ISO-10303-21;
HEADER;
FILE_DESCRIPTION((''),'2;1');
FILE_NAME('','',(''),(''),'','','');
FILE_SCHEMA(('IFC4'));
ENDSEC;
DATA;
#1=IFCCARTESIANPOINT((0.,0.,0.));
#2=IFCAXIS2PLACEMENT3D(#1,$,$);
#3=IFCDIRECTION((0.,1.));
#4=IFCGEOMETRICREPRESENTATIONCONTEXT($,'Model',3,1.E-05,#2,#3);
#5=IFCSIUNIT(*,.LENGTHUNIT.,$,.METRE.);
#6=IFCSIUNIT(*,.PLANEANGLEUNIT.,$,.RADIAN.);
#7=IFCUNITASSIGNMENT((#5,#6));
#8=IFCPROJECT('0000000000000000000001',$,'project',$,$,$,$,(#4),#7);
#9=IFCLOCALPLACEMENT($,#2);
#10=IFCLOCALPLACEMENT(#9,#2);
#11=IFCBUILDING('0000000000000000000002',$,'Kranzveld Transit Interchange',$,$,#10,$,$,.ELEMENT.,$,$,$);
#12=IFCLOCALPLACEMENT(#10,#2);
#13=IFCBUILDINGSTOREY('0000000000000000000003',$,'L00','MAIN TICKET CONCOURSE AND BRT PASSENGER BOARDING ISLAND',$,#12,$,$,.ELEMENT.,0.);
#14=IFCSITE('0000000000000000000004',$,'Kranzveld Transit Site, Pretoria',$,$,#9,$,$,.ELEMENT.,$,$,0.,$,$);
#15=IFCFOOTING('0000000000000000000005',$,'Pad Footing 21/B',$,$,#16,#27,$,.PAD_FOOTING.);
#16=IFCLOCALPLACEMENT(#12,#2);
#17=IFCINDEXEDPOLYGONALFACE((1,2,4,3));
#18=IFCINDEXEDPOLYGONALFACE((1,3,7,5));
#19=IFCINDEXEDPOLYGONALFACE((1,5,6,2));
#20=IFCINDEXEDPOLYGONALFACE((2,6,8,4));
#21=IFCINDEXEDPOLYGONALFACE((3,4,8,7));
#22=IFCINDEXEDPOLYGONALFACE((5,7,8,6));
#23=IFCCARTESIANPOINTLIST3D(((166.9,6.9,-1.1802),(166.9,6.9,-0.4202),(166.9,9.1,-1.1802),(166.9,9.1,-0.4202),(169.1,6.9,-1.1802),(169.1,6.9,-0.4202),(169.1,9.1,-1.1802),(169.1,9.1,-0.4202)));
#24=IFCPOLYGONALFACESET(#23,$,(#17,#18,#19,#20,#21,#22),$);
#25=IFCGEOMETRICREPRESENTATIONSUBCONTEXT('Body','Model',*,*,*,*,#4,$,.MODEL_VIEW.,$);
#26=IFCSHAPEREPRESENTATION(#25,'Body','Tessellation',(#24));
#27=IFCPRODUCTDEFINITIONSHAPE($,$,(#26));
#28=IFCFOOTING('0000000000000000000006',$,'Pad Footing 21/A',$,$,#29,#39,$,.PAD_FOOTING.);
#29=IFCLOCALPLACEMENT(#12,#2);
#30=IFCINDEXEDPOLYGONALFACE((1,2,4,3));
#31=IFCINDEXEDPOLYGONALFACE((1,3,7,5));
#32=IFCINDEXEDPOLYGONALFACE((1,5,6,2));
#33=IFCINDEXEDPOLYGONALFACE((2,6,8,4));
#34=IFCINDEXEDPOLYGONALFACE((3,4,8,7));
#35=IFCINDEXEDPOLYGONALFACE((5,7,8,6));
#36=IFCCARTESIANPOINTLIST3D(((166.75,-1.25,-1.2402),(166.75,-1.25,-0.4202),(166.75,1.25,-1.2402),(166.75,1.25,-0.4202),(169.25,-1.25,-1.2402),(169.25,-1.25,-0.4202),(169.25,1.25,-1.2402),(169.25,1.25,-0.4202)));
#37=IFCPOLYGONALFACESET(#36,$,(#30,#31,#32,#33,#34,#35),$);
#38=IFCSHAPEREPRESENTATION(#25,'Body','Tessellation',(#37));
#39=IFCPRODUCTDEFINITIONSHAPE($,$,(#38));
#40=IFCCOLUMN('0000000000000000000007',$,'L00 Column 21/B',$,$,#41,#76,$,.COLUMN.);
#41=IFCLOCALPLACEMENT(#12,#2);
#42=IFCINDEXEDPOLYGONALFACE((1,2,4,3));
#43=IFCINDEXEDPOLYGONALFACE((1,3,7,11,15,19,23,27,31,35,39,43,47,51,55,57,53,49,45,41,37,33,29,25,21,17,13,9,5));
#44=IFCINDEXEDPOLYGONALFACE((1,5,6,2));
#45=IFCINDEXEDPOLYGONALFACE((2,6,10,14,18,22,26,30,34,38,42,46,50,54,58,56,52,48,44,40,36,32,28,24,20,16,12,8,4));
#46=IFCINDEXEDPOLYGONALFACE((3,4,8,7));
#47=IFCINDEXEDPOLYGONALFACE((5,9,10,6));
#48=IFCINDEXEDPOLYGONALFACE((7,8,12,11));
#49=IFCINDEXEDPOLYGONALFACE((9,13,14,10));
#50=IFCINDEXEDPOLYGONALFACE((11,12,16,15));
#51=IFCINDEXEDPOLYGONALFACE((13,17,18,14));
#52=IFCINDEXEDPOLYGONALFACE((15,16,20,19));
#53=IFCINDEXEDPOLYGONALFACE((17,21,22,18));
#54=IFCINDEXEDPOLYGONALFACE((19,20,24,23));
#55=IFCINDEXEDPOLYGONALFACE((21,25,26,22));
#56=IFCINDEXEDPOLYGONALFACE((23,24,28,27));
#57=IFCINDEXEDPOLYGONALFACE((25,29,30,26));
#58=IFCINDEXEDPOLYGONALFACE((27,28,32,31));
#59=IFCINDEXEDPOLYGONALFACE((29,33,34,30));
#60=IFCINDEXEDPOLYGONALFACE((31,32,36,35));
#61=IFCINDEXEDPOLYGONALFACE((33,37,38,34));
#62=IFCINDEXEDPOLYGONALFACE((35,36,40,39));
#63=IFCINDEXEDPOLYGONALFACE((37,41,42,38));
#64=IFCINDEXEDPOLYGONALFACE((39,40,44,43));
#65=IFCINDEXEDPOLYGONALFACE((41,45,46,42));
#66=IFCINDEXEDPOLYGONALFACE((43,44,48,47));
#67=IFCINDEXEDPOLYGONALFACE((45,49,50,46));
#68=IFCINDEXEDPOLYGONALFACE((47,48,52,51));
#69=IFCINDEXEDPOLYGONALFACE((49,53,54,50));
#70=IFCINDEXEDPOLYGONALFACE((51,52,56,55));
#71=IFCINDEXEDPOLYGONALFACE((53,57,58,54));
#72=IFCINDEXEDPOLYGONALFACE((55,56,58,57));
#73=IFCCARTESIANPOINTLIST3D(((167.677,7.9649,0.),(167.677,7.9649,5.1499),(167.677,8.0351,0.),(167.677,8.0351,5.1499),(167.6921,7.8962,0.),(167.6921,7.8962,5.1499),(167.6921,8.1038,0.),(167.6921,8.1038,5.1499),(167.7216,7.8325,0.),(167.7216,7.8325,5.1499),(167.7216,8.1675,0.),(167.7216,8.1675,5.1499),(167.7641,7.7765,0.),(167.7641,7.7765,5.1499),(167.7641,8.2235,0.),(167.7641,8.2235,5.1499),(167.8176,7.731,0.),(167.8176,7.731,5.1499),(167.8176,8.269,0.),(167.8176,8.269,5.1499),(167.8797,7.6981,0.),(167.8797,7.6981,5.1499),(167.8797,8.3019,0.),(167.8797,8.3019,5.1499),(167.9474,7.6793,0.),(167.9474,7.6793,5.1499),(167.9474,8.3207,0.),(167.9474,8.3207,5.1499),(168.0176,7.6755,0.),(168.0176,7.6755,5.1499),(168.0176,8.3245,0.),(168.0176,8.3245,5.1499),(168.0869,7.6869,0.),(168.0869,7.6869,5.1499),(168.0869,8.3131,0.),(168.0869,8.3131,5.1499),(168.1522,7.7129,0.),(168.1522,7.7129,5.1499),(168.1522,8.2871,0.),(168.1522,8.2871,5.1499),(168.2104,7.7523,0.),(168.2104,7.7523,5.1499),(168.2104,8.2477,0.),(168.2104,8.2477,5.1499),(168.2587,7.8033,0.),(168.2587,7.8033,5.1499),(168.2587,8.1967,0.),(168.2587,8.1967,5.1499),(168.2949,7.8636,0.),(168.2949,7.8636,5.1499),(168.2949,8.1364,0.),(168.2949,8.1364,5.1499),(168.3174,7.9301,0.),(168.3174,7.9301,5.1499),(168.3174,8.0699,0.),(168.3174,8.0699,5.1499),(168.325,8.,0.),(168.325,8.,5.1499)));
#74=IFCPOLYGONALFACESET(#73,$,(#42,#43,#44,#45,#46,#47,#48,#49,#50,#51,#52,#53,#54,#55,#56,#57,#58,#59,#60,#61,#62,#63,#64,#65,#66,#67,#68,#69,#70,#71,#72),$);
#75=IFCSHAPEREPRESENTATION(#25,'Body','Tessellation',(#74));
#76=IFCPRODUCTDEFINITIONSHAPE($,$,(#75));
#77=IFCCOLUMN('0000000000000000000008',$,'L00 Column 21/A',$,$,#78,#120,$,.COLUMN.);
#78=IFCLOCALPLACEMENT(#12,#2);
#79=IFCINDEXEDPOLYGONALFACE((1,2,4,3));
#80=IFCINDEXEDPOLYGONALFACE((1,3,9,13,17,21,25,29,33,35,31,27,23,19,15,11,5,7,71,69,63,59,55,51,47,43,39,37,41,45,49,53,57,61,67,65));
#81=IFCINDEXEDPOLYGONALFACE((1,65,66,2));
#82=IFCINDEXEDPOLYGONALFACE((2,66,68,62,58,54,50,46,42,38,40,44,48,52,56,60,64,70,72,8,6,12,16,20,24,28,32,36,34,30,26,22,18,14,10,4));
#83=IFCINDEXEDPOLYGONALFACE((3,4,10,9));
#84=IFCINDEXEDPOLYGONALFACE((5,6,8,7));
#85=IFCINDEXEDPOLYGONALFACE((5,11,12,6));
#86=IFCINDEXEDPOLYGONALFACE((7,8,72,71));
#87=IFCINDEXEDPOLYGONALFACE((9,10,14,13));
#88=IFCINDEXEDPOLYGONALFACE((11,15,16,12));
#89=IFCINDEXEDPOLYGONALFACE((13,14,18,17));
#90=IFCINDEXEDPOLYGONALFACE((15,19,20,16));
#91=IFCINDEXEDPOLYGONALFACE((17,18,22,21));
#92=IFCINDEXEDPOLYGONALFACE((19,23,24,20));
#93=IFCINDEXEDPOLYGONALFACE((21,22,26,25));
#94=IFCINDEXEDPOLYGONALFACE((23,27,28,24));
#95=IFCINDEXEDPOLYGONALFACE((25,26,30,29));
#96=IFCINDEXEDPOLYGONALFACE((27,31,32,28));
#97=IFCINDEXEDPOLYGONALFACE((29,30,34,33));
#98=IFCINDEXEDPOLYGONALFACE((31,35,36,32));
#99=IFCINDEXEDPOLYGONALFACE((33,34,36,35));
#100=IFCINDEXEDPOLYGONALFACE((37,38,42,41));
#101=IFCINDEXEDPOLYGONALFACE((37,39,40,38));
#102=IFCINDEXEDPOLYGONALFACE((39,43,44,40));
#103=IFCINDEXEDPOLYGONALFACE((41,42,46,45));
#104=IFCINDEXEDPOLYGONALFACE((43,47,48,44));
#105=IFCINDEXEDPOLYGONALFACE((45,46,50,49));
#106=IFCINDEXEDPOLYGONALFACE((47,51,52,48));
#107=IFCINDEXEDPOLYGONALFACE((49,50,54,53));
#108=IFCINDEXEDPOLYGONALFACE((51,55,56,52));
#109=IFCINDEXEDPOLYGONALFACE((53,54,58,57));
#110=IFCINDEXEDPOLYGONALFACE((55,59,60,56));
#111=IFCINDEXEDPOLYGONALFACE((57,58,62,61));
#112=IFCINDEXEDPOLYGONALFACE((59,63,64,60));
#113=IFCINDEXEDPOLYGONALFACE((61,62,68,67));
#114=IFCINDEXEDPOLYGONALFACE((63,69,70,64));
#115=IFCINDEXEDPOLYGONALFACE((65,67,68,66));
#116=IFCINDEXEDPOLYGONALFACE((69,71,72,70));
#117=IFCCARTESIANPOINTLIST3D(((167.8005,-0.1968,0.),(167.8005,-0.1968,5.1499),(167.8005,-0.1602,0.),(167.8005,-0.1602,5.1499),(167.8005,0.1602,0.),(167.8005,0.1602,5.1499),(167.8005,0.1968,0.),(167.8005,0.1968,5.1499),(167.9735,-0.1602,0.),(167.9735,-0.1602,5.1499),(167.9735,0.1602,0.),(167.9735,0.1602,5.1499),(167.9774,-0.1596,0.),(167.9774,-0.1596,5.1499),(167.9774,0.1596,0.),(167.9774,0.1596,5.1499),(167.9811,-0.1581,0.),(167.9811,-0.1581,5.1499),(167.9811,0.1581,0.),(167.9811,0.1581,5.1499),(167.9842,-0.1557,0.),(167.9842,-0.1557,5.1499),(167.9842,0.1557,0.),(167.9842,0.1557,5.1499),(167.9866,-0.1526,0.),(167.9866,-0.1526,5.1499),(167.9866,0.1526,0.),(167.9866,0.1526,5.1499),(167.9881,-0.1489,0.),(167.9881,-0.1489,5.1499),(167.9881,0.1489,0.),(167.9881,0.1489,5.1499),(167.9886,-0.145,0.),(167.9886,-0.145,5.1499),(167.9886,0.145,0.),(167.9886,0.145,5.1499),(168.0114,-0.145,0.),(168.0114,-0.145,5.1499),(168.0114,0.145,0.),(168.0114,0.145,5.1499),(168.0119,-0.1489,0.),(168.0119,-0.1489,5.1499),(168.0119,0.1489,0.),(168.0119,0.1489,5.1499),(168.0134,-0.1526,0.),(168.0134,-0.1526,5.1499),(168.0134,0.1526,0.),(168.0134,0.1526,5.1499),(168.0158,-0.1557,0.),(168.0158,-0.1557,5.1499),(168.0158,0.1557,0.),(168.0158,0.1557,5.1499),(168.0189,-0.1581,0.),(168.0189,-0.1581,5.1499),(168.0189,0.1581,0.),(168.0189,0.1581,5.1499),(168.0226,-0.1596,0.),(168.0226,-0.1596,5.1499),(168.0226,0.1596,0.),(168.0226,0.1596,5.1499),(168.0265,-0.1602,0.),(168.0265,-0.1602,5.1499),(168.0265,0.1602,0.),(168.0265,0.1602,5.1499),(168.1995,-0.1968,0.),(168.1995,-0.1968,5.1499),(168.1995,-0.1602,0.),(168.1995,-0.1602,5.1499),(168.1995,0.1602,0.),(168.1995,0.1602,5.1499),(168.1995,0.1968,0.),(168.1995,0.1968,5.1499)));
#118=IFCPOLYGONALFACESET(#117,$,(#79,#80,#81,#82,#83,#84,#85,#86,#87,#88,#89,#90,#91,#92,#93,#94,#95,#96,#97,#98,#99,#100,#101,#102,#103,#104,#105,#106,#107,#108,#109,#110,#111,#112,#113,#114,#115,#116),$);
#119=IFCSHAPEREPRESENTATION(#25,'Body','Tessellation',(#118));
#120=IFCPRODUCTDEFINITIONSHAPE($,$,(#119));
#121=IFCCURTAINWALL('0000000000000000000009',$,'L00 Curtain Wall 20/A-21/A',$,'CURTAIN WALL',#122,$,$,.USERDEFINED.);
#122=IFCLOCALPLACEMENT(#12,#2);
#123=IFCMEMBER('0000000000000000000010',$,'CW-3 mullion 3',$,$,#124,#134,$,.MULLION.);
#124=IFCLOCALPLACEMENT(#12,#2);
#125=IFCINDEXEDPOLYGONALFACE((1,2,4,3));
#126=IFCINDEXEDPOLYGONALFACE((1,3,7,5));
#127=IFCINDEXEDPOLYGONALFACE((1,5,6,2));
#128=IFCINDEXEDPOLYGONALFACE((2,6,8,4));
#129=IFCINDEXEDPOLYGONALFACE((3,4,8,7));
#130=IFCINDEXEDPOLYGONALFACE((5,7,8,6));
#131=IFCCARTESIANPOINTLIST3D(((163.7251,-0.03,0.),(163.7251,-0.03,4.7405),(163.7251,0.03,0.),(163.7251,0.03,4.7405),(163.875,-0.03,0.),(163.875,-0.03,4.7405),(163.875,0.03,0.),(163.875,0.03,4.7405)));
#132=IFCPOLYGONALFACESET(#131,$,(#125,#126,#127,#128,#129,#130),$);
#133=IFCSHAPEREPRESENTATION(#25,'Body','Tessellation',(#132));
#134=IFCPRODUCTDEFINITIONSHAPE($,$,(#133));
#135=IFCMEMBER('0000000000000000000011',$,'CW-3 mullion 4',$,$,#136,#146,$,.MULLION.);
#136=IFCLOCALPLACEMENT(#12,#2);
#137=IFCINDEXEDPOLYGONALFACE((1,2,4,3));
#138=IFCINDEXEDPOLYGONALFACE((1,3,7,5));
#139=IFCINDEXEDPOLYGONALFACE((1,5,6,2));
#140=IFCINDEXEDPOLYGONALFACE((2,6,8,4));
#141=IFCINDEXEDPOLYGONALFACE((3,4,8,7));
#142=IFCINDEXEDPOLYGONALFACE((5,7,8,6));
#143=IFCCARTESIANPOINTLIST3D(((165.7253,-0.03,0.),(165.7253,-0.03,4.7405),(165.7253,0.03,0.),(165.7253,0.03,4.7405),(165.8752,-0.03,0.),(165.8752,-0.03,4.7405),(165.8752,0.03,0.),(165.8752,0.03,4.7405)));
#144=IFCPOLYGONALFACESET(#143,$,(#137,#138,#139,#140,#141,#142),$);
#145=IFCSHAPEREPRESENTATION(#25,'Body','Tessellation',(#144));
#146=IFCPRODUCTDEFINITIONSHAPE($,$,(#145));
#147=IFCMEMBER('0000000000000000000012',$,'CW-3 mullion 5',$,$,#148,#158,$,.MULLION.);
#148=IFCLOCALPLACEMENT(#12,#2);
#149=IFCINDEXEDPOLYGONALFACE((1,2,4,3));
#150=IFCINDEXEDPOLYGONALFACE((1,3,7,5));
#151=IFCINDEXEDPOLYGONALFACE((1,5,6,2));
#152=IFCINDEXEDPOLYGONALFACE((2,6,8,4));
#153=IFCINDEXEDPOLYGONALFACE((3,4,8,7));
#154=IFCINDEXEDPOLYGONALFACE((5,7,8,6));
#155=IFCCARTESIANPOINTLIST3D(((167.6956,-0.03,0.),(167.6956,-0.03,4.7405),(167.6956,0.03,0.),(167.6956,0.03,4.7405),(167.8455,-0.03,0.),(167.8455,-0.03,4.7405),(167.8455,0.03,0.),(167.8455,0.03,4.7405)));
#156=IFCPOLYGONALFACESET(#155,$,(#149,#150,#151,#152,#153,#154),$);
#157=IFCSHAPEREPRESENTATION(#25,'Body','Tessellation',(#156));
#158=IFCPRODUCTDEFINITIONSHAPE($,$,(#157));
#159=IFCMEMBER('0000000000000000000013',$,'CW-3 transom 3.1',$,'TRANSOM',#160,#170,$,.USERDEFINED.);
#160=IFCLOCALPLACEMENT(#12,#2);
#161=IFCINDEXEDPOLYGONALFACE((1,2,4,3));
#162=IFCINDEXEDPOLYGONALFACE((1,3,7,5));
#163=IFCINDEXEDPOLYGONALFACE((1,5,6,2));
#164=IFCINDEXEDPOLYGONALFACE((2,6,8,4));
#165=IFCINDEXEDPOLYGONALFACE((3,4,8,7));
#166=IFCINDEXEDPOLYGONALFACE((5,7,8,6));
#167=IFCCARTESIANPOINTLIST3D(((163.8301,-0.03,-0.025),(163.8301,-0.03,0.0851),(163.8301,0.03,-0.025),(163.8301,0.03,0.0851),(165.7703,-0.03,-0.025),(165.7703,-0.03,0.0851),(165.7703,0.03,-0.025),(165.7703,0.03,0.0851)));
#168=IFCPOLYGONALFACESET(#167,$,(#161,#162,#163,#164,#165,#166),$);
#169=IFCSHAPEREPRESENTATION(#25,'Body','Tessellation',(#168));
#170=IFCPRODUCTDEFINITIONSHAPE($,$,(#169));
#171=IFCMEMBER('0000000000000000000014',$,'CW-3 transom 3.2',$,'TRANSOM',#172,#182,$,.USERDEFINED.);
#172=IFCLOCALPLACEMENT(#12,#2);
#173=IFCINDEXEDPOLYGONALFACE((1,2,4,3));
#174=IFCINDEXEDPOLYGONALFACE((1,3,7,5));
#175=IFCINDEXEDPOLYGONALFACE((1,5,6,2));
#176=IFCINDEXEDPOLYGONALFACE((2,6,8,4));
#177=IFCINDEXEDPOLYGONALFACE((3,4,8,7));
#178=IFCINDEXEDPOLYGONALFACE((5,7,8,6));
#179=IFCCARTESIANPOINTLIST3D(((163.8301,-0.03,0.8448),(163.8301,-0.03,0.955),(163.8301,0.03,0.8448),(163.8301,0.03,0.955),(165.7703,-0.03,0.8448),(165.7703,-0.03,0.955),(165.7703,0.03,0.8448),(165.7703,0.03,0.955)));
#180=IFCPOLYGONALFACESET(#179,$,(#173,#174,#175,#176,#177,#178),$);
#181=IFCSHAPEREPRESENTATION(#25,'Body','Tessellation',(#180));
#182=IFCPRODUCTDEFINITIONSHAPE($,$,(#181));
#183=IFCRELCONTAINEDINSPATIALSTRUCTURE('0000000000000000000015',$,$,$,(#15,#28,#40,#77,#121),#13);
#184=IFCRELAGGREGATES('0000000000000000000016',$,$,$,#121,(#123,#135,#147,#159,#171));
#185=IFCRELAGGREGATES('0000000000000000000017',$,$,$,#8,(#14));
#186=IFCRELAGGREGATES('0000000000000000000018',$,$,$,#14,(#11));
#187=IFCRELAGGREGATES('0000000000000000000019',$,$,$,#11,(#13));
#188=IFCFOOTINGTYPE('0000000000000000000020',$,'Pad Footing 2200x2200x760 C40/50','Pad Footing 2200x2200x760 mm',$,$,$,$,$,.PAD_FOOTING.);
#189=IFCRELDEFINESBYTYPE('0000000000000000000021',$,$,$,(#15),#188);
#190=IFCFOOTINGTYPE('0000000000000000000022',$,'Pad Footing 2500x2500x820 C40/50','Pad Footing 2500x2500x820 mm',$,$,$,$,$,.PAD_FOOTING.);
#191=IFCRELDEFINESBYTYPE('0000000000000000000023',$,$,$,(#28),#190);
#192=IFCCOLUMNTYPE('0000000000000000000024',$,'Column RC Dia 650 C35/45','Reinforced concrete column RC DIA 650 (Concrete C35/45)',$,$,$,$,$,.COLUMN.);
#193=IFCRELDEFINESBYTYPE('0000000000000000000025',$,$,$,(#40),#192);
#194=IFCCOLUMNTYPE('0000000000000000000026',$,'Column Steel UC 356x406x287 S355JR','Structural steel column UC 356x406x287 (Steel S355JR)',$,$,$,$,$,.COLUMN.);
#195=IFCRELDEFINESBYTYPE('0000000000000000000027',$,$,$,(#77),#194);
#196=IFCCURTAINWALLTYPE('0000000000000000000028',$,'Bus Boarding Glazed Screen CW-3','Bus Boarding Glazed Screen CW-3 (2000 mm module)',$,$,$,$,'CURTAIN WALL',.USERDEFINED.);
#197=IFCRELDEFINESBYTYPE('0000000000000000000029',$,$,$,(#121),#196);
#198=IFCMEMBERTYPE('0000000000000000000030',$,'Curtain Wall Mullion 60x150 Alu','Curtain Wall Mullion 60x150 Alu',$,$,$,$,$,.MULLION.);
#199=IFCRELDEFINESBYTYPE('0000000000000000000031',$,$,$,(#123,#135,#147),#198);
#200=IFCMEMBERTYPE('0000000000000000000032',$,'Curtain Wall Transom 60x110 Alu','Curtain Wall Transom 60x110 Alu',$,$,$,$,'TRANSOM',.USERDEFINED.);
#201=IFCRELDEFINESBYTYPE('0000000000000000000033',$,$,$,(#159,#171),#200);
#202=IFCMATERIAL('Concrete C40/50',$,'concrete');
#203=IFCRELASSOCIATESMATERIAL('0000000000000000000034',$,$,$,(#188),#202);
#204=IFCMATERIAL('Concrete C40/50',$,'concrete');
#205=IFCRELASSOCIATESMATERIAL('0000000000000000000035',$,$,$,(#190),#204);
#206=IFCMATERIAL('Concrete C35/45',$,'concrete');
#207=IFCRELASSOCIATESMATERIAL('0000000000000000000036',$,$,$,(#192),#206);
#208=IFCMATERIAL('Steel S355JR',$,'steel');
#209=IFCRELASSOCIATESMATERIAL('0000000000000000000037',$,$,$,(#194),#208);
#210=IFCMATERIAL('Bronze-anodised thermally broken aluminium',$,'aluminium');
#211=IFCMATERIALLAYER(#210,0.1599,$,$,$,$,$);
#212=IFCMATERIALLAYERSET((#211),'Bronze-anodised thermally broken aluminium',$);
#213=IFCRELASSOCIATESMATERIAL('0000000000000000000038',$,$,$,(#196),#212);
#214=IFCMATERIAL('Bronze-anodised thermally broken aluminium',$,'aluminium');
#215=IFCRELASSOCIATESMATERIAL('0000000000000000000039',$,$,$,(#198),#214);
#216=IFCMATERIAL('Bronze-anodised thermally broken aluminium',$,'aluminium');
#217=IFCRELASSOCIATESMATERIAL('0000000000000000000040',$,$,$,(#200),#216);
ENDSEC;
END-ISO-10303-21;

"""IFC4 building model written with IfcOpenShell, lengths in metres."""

from ifc_helpers import new_model, si_unit, direction, frame, origin, origin_2d, place, context, subcontext, project, spatial, rectangle, circle, i_section, extrude, material, layer, layer_set, material_profile, profile_set, type_object, element, aggregate, save


model = new_model("IFC4")

# Units and contexts
model_context = context("Model", 3, precision=1e-05, world=origin(), true_north=direction((0.0, 1.0)))
body_context = subcontext(model_context, "Body", "Model", "MODEL_VIEW")
ifc_project = project(units=[si_unit("LENGTHUNIT", "METRE"), si_unit("PLANEANGLEUNIT", "RADIAN")], contexts=[model_context])

# Site, building, storey
site_placement = place(None, origin())
site = spatial("IfcSite", under=ifc_project, at=site_placement, Name="Kranzveld Transit Site, Pretoria", CompositionType="ELEMENT", RefElevation=0.0)
building_placement = place(site_placement, origin())
building = spatial("IfcBuilding", under=site, at=building_placement, Name="Kranzveld Transit Interchange", CompositionType="ELEMENT")
storey_placement = place(building_placement, origin())
storey = spatial("IfcBuildingStorey", under=building, at=storey_placement, Name="L00", Description="MAIN TICKET CONCOURSE AND BRT PASSENGER BOARDING ISLAND", CompositionType="ELEMENT", Elevation=0.0)

# Footings
ifc_material_1 = material(Name="Concrete C40/50", Category="concrete")
footing_type_1 = type_object("IfcFootingType", Name="Pad Footing 2200x2200x760 C40/50", Description="Pad Footing 2200x2200x760 mm", PredefinedType="PAD_FOOTING", material=ifc_material_1)
footing_1_placement = place(storey_placement, frame((168.0, 8.0, -1.1802), z_axis=(0.0, 0.0, 1.0), x_axis=(1.0, 0.0, 0.0)))
element("IfcFooting", 1, at=footing_1_placement, inside=storey, type_object=footing_type_1, Name="Pad Footing 21/B", PredefinedType="PAD_FOOTING", context=body_context, shape_type="SweptSolid", body=[
    extrude(rectangle(XDim=2.2, YDim=2.2, at=origin_2d()), origin(), (0.0, 0.0, 1.0), 0.76),
])
ifc_material_2 = material(Name="Concrete C40/50", Category="concrete")
footing_type_2 = type_object("IfcFootingType", Name="Pad Footing 2500x2500x820 C40/50", Description="Pad Footing 2500x2500x820 mm", PredefinedType="PAD_FOOTING", material=ifc_material_2)
footing_2_placement = place(storey_placement, frame((168.0, 0.0, -1.2402), z_axis=(0.0, 0.0, 1.0), x_axis=(1.0, 0.0, 0.0)))
element("IfcFooting", 2, at=footing_2_placement, inside=storey, type_object=footing_type_2, Name="Pad Footing 21/A", PredefinedType="PAD_FOOTING", context=body_context, shape_type="SweptSolid", body=[
    extrude(rectangle(XDim=2.5, YDim=2.5, at=origin_2d()), origin(), (0.0, 0.0, 1.0), 0.8201),
])

# Columns
ifc_material_3 = material(Name="Concrete C35/45", Category="concrete")
ifc_material_profile_1 = material_profile(ifc_material_3, circle(Radius=0.325, at=origin_2d()), Name="RC DIA 650")
ifc_profile_set_1 = profile_set([ifc_material_profile_1], Name="Concrete C35/45")
column_type_1 = type_object("IfcColumnType", Name="Column RC Dia 650 C35/45", Description="Reinforced concrete column RC DIA 650 (Concrete C35/45)", PredefinedType="COLUMN", material=ifc_profile_set_1)
column_1_placement = place(storey_placement, frame((168.0, 8.0, 0.0), z_axis=(0.0, 0.0, 1.0), x_axis=(1.0, 0.0, 0.0)))
element("IfcColumn", 3, at=column_1_placement, inside=storey, type_object=column_type_1, Name="L00 Column 21/B", PredefinedType="COLUMN", context=body_context, shape_type="SweptSolid", body=[
    extrude(circle(Radius=0.325, at=origin_2d()), origin(), (0.0, 0.0, 1.0), 5.1499),
])
ifc_material_4 = material(Name="Steel S355JR", Category="steel")
ifc_material_profile_2 = material_profile(ifc_material_4, i_section(OverallWidth=0.3989, OverallDepth=0.3936, WebThickness=0.0227, FlangeThickness=0.0366, FilletRadius=0.0151, at=origin_2d()), Name="UC 356x406x287")
ifc_profile_set_2 = profile_set([ifc_material_profile_2], Name="Steel S355JR")
column_type_2 = type_object("IfcColumnType", Name="Column Steel UC 356x406x287 S355JR", Description="Structural steel column UC 356x406x287 (Steel S355JR)", PredefinedType="COLUMN", material=ifc_profile_set_2)
column_2_placement = place(storey_placement, frame((168.0, 0.0, 0.0), z_axis=(0.0, 0.0, 1.0), x_axis=(1.0, 0.0, 0.0)))
element("IfcColumn", 4, at=column_2_placement, inside=storey, type_object=column_type_2, Name="L00 Column 21/A", PredefinedType="COLUMN", context=body_context, shape_type="SweptSolid", body=[
    extrude(i_section(OverallWidth=0.3989, OverallDepth=0.3936, WebThickness=0.0227, FlangeThickness=0.0366, FilletRadius=0.0151, at=origin_2d()), origin(), (0.0, 0.0, 1.0), 5.1499),
])

# Curtain wall, members
ifc_material_5 = material(Name="Bronze-anodised thermally broken aluminium", Category="aluminium")
ifc_layer_1 = layer(ifc_material_5, 0.1599)
ifc_layer_set_1 = layer_set([ifc_layer_1], Name="Bronze-anodised thermally broken aluminium")
curtain_wall_type = type_object("IfcCurtainWallType", Name="Bus Boarding Glazed Screen CW-3", Description="Bus Boarding Glazed Screen CW-3 (2000 mm module)", ElementType="CURTAIN WALL", PredefinedType="USERDEFINED", material=ifc_layer_set_1)
curtain_wall_placement = place(storey_placement, origin())
curtain_wall = element("IfcCurtainWall", 5, at=curtain_wall_placement, inside=storey, type_object=curtain_wall_type, Name="L00 Curtain Wall 20/A-21/A", ObjectType="CURTAIN WALL", PredefinedType="USERDEFINED")
ifc_material_6 = material(Name="Bronze-anodised thermally broken aluminium", Category="aluminium")
ifc_material_profile_3 = material_profile(ifc_material_6, rectangle(XDim=0.0601, YDim=0.1499, at=origin_2d()), Name="ALU MULLION 60x150")
ifc_profile_set_3 = profile_set([ifc_material_profile_3], Name="Bronze-anodised thermally broken aluminium")
member_type_1 = type_object("IfcMemberType", Name="Curtain Wall Mullion 60x150 Alu", Description="Curtain Wall Mullion 60x150 Alu", PredefinedType="MULLION", material=ifc_profile_set_3)
member_1_placement = place(storey_placement, frame((163.8, 0.0, 0.0), z_axis=(0.0, 0.0, 1.0), x_axis=(0.0, 1.0, 0.0)))
member_1 = element("IfcMember", 6, at=member_1_placement, type_object=member_type_1, Name="CW-3 mullion 3", PredefinedType="MULLION", context=body_context, shape_type="SweptSolid", body=[
    extrude(rectangle(XDim=0.0601, YDim=0.1499, at=origin_2d()), origin(), (0.0, 0.0, 1.0), 4.7405),
])
member_2_placement = place(storey_placement, frame((165.8003, 0.0, 0.0), z_axis=(0.0, 0.0, 1.0), x_axis=(0.0, 1.0, 0.0)))
member_2 = element("IfcMember", 7, at=member_2_placement, type_object=member_type_1, Name="CW-3 mullion 4", PredefinedType="MULLION", context=body_context, shape_type="SweptSolid", body=[
    extrude(rectangle(XDim=0.0601, YDim=0.1499, at=origin_2d()), origin(), (0.0, 0.0, 1.0), 4.7405),
])
member_3_placement = place(storey_placement, frame((167.7705, 0.0, 0.0), z_axis=(0.0, 0.0, 1.0), x_axis=(0.0, 1.0, 0.0)))
member_3 = element("IfcMember", 8, at=member_3_placement, type_object=member_type_1, Name="CW-3 mullion 5", PredefinedType="MULLION", context=body_context, shape_type="SweptSolid", body=[
    extrude(rectangle(XDim=0.0601, YDim=0.1499, at=origin_2d()), origin(), (0.0, 0.0, 1.0), 4.7405),
])
ifc_material_7 = material(Name="Bronze-anodised thermally broken aluminium", Category="aluminium")
ifc_material_profile_4 = material_profile(ifc_material_7, rectangle(XDim=0.0601, YDim=0.1101, at=origin_2d()), Name="ALU TRANSOM 60x110")
ifc_profile_set_4 = profile_set([ifc_material_profile_4], Name="Bronze-anodised thermally broken aluminium")
member_type_2 = type_object("IfcMemberType", Name="Curtain Wall Transom 60x110 Alu", Description="Curtain Wall Transom 60x110 Alu", ElementType="TRANSOM", PredefinedType="USERDEFINED", material=ifc_profile_set_4)
member_4_placement = place(storey_placement, frame((163.8301, 0.0, 0.03), z_axis=(1.0, 0.0, 0.0), x_axis=(0.0, 1.0, 0.0)))
member_4 = element("IfcMember", 9, at=member_4_placement, type_object=member_type_2, Name="CW-3 transom 3.1", ObjectType="TRANSOM", PredefinedType="USERDEFINED", context=body_context, shape_type="SweptSolid", body=[
    extrude(rectangle(XDim=0.0601, YDim=0.1101, at=origin_2d()), origin(), (0.0, 0.0, 1.0), 1.9402),
])
member_5_placement = place(storey_placement, frame((163.8301, 0.0, 0.8999), z_axis=(1.0, 0.0, 0.0), x_axis=(0.0, 1.0, 0.0)))
member_5 = element("IfcMember", 10, at=member_5_placement, type_object=member_type_2, Name="CW-3 transom 3.2", ObjectType="TRANSOM", PredefinedType="USERDEFINED", context=body_context, shape_type="SweptSolid", body=[
    extrude(rectangle(XDim=0.0601, YDim=0.1101, at=origin_2d()), origin(), (0.0, 0.0, 1.0), 1.9402),
])

aggregate(curtain_wall, [member_1, member_2, member_3, member_4, member_5])

save(model, "model.ifc")
